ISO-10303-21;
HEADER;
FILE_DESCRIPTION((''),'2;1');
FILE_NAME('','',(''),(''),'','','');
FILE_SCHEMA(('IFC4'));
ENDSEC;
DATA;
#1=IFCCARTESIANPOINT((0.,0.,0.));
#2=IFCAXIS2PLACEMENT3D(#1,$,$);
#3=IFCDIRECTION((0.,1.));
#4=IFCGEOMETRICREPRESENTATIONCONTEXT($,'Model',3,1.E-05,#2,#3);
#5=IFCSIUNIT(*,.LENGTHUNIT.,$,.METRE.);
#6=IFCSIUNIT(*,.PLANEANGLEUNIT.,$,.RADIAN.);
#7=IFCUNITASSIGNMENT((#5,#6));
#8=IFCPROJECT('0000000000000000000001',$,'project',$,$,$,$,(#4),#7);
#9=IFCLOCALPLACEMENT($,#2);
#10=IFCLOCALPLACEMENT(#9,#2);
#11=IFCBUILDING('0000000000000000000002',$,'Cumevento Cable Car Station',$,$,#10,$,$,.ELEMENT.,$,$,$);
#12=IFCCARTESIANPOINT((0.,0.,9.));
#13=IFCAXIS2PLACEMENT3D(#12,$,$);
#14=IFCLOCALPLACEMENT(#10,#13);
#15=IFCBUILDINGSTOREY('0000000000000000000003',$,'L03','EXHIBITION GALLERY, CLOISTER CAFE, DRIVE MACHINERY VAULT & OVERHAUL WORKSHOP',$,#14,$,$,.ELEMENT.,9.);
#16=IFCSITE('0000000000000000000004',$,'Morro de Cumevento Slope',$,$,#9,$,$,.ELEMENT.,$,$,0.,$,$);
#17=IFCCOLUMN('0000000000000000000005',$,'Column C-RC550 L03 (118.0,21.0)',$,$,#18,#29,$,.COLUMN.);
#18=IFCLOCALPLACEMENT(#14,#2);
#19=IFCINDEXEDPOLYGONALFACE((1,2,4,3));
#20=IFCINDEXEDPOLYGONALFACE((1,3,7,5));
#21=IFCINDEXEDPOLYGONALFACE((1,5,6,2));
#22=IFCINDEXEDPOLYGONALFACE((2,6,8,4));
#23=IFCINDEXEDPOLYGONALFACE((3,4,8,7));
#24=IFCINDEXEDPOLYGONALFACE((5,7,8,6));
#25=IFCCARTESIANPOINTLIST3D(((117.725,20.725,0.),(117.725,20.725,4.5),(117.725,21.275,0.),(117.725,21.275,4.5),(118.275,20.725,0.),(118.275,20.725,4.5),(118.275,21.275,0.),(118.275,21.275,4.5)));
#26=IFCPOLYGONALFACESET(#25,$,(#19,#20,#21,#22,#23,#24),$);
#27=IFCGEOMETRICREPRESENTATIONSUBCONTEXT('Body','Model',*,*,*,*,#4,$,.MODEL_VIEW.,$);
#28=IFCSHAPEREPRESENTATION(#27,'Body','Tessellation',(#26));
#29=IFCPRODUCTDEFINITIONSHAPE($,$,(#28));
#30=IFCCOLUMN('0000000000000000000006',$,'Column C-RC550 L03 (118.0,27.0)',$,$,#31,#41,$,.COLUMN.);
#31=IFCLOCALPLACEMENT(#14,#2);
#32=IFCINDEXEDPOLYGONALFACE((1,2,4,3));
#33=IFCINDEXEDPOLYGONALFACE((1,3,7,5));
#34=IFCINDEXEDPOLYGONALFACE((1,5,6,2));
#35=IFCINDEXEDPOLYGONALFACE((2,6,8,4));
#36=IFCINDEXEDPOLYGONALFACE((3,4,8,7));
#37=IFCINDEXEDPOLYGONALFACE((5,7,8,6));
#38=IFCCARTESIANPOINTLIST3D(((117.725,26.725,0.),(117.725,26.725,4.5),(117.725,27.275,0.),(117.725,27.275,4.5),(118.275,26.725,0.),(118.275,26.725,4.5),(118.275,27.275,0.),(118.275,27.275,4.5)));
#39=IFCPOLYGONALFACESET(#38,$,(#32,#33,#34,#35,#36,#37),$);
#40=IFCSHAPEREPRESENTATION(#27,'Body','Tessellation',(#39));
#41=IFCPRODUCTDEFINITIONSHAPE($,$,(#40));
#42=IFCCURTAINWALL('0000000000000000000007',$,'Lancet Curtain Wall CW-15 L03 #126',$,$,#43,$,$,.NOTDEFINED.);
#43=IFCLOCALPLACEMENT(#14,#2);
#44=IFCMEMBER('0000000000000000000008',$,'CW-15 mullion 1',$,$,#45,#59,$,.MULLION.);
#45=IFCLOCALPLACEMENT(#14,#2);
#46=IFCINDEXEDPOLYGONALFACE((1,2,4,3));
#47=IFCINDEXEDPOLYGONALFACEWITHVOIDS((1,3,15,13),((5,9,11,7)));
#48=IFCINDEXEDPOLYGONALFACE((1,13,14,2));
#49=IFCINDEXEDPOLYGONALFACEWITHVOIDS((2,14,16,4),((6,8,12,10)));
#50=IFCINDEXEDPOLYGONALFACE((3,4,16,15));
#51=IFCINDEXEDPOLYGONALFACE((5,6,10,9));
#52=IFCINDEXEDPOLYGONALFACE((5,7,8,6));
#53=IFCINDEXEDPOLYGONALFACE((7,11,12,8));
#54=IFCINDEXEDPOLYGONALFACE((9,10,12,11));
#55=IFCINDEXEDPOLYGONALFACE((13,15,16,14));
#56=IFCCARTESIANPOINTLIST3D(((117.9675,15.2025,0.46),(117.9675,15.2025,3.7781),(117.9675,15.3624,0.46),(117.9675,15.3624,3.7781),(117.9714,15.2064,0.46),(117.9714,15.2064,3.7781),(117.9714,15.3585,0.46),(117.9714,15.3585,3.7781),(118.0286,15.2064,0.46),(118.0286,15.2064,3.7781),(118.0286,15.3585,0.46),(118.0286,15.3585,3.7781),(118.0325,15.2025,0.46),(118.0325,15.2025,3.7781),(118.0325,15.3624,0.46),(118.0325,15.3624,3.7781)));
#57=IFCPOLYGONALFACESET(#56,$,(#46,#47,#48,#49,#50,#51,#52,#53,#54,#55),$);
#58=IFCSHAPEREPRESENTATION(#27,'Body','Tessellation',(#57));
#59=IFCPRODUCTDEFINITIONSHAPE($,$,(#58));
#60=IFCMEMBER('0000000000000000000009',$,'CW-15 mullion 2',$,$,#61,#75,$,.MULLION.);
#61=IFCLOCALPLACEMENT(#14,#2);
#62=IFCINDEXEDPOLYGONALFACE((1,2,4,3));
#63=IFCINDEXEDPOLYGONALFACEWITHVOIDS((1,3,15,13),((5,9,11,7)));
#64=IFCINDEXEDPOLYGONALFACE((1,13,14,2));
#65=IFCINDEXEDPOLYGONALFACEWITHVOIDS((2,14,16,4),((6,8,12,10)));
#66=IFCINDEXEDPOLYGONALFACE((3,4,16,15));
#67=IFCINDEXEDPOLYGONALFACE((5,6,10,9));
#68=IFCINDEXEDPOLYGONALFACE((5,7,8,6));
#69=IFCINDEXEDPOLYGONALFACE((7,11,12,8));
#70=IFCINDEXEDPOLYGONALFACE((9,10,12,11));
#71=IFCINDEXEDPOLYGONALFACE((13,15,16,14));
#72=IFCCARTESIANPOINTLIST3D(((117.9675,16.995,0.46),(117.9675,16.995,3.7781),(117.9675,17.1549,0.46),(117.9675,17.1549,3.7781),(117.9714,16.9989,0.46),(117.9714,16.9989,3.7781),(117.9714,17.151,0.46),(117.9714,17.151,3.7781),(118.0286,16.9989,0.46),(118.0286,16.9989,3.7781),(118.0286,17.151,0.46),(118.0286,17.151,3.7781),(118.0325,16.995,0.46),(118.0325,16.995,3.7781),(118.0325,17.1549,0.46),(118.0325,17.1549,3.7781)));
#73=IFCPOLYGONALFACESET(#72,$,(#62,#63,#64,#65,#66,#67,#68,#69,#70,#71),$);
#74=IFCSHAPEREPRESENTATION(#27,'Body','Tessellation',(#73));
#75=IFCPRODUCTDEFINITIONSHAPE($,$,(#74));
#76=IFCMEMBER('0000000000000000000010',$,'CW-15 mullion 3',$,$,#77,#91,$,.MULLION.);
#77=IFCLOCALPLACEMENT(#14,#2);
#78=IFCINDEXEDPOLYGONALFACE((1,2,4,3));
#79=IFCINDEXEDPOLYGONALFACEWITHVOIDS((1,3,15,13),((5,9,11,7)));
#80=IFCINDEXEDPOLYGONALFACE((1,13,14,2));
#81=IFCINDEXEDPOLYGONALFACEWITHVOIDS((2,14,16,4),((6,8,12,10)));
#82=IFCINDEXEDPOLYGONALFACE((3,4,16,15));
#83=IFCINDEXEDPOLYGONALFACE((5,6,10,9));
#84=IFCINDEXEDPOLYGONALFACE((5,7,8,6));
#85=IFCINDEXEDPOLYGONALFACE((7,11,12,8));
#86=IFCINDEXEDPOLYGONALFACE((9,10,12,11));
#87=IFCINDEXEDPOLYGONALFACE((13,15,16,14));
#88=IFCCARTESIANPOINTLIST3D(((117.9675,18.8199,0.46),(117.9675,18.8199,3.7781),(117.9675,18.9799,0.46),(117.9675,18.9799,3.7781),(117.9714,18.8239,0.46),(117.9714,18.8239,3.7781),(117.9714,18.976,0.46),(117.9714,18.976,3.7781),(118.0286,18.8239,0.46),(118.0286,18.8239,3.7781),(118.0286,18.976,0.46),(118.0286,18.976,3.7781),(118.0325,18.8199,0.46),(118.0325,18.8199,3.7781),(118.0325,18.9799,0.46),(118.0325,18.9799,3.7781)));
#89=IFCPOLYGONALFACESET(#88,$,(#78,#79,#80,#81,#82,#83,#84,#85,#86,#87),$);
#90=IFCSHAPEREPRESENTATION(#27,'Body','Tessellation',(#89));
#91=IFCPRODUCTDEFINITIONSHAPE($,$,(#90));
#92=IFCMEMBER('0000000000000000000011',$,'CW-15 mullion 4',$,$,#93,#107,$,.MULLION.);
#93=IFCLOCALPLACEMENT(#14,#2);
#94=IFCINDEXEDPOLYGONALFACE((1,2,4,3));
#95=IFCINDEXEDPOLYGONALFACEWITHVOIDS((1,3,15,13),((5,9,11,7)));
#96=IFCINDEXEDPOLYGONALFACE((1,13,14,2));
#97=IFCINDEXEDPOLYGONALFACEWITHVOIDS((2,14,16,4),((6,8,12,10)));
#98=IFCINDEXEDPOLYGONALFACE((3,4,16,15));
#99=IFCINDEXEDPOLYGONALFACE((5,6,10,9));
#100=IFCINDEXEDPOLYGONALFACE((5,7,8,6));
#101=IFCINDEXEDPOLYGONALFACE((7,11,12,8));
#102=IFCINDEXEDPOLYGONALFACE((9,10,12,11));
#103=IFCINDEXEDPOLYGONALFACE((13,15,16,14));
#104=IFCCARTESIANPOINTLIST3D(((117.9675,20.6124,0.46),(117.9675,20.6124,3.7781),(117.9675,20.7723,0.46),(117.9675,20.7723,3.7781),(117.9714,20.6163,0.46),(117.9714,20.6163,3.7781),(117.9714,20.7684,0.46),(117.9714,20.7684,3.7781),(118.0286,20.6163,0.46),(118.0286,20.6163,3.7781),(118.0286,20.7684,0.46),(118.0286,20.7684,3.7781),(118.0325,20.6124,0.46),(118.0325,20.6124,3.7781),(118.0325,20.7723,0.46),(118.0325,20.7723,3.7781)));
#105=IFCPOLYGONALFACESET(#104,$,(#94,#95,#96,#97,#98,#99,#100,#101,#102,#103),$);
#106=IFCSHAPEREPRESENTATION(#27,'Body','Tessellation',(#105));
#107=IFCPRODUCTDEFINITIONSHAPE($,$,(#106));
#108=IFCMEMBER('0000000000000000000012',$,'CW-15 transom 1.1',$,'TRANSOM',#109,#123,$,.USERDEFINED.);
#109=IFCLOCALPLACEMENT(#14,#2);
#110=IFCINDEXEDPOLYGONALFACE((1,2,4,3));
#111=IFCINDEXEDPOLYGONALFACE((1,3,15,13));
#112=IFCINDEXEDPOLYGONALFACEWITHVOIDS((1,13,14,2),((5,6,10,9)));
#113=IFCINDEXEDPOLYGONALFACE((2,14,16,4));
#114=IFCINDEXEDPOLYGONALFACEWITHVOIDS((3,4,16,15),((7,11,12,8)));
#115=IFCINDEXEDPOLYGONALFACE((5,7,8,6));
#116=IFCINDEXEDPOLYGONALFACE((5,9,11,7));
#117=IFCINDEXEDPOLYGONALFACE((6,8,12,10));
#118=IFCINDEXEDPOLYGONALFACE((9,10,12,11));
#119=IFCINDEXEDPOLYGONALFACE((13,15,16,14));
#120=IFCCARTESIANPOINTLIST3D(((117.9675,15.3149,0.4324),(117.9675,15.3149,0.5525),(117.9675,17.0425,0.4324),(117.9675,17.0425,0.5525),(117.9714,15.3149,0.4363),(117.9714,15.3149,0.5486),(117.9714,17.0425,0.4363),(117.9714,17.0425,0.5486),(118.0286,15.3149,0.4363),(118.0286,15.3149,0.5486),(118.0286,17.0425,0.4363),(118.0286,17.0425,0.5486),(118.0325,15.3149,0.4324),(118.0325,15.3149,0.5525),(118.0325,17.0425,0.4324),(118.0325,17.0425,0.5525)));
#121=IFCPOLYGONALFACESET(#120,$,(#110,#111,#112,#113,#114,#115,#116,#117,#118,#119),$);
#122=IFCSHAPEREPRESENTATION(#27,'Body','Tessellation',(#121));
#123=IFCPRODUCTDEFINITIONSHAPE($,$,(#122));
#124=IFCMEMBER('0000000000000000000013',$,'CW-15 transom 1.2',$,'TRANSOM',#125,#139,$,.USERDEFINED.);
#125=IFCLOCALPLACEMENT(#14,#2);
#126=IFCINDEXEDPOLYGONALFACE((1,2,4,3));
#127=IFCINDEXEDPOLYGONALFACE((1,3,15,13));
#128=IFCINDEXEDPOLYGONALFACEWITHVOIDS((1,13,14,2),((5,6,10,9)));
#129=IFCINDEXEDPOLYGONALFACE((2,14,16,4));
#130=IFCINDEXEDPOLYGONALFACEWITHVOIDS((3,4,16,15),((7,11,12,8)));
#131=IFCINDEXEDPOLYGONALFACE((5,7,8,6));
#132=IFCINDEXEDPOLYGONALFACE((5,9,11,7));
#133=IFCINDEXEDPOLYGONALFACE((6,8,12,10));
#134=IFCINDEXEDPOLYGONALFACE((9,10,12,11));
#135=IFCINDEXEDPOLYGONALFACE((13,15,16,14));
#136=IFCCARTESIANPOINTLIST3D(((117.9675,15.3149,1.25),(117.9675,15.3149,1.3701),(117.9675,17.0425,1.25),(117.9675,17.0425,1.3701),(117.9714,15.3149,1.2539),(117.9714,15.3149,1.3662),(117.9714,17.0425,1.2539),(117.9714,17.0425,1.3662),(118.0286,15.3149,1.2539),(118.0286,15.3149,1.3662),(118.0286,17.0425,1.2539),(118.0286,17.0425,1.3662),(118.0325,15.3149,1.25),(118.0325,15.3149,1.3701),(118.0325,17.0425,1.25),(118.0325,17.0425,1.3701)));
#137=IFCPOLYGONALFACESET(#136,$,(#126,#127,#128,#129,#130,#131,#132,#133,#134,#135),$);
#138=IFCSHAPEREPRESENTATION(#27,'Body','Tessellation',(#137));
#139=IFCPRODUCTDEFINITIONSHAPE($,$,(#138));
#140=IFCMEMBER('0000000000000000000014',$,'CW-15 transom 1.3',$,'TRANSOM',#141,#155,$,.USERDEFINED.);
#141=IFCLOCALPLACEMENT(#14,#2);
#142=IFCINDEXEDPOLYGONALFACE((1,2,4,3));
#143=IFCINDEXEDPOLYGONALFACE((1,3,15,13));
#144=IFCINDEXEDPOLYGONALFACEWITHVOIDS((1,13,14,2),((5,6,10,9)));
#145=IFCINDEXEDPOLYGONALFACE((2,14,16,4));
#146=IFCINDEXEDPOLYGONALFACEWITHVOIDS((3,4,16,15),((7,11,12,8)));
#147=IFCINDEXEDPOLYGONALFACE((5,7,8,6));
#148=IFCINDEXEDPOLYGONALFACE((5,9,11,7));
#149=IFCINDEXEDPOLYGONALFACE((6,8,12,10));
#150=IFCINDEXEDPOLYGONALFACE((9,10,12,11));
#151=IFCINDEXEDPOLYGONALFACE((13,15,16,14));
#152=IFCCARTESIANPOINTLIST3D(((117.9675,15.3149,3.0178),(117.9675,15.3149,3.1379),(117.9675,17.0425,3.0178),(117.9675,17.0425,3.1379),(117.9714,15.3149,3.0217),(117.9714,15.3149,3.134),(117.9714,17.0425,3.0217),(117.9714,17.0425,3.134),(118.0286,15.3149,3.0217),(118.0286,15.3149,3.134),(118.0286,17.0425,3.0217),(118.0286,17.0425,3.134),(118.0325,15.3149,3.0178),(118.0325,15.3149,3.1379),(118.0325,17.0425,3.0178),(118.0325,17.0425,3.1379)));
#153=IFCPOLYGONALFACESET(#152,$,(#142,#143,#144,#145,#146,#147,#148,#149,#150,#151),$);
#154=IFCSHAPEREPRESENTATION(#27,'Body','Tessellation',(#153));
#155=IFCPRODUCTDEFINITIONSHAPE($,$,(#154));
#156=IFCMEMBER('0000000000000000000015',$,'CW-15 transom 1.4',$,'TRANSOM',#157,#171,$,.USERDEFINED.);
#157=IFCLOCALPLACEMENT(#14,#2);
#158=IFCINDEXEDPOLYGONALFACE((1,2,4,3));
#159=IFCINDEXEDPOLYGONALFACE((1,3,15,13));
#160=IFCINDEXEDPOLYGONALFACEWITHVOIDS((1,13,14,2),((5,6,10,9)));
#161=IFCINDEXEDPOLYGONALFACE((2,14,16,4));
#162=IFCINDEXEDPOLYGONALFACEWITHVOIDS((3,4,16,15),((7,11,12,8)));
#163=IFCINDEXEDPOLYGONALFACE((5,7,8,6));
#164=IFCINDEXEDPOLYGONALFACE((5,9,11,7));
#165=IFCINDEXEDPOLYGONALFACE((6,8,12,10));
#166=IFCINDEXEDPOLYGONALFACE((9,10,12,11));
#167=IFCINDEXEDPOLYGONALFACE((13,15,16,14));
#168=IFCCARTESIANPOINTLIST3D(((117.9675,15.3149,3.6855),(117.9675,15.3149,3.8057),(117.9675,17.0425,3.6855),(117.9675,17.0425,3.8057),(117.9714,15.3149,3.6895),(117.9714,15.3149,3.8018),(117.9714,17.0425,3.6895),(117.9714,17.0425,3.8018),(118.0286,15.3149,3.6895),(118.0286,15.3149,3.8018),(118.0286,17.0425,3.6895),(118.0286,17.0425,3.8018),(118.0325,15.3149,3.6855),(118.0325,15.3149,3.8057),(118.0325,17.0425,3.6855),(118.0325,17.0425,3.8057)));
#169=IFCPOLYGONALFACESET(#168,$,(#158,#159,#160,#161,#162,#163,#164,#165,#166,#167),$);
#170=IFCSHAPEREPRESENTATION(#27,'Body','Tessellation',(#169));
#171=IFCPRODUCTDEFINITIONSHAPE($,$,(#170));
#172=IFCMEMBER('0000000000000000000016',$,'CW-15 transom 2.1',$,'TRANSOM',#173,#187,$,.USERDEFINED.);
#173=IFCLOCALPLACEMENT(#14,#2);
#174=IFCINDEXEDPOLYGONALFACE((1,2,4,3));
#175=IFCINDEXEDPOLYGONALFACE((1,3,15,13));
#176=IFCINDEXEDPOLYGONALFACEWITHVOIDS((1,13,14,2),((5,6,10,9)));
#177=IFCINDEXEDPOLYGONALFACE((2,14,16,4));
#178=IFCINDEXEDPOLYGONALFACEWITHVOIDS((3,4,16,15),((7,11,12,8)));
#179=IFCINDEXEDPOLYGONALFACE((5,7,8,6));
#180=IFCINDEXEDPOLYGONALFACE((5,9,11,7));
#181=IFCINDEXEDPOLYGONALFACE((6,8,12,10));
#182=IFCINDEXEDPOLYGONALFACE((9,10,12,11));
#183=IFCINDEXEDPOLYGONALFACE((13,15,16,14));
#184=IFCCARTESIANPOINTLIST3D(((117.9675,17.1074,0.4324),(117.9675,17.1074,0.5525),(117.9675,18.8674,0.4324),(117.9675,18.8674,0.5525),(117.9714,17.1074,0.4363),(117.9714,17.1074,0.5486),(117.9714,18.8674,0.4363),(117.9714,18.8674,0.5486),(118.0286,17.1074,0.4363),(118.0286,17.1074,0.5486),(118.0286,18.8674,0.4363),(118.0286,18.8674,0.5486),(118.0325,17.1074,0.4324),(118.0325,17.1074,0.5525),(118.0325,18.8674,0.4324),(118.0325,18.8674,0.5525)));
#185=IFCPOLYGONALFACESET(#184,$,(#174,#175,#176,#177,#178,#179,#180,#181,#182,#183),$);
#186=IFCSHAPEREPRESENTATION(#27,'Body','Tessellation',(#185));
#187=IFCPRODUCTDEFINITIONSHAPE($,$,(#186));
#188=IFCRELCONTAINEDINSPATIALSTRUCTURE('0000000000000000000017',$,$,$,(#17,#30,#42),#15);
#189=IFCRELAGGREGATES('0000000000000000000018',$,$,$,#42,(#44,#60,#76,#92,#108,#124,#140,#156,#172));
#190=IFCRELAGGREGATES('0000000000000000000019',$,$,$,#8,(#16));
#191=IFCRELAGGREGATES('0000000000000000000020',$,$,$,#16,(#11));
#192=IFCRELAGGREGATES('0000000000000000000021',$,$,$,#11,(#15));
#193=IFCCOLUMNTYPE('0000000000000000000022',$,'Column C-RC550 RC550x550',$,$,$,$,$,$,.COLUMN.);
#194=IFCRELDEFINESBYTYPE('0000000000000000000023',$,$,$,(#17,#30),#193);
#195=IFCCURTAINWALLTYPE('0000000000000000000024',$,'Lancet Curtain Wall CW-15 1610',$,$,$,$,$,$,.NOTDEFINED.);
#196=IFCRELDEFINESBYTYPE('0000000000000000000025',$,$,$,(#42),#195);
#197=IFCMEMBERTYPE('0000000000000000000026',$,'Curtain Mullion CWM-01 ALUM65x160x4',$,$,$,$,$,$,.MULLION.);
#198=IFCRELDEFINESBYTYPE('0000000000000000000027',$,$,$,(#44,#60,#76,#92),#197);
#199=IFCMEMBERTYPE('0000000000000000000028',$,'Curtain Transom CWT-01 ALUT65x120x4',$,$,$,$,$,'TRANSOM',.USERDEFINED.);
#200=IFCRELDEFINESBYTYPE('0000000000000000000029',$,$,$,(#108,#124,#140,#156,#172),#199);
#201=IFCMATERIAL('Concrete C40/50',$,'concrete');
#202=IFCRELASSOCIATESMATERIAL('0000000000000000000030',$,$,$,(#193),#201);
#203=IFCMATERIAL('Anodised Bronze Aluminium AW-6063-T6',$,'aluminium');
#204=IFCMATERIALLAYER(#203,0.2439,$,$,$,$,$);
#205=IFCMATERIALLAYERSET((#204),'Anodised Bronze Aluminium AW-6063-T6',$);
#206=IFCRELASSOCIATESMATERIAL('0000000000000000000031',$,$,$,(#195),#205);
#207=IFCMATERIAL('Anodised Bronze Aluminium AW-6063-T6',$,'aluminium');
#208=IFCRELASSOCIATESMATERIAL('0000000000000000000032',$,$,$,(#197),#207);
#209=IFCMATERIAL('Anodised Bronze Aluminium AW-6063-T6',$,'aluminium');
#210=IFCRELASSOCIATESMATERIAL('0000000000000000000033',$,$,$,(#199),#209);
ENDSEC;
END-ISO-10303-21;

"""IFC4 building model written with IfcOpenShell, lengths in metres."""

from ifc_helpers import new_model, si_unit, direction, frame, origin, origin_2d, place, context, subcontext, project, spatial, rectangle, hollow_rectangle, extrude, material, layer, layer_set, material_profile, profile_set, type_object, element, aggregate, save


model = new_model("IFC4")

# Units and contexts
model_context = context("Model", 3, precision=1e-05, world=origin(), true_north=direction((0.0, 1.0)))
body_context = subcontext(model_context, "Body", "Model", "MODEL_VIEW")
ifc_project = project(units=[si_unit("LENGTHUNIT", "METRE"), si_unit("PLANEANGLEUNIT", "RADIAN")], contexts=[model_context])

# Site, building, storey
site_placement = place(None, origin())
site = spatial("IfcSite", under=ifc_project, at=site_placement, Name="Morro de Cumevento Slope", CompositionType="ELEMENT", RefElevation=0.0)
building_placement = place(site_placement, origin())
building = spatial("IfcBuilding", under=site, at=building_placement, Name="Cumevento Cable Car Station", CompositionType="ELEMENT")
storey_placement = place(building_placement, frame((0.0, 0.0, 9.0)))
storey = spatial("IfcBuildingStorey", under=building, at=storey_placement, Name="L03", Description="EXHIBITION GALLERY, CLOISTER CAFE, DRIVE MACHINERY VAULT & OVERHAUL WORKSHOP", CompositionType="ELEMENT", Elevation=9.0)

# Columns
ifc_material_1 = material(Name="Concrete C40/50", Category="concrete")
ifc_material_profile_1 = material_profile(ifc_material_1, rectangle(XDim=0.55, YDim=0.55, at=origin_2d()), Name="RC550x550")
ifc_profile_set_1 = profile_set([ifc_material_profile_1], Name="Concrete C40/50")
column_type = type_object("IfcColumnType", Name="Column C-RC550 RC550x550", PredefinedType="COLUMN", material=ifc_profile_set_1)
for number, where, z_axis, x_axis, name in (
    (1, (118.0, 21.0, 0.0), (0.0, 0.0, 1.0), (1.0, 0.0, 0.0), "Column C-RC550 L03 (118.0,21.0)"),
    (2, (118.0, 27.0, 0.0), (0.0, 0.0, 1.0), (1.0, 0.0, 0.0), "Column C-RC550 L03 (118.0,27.0)"),
):
    element("IfcColumn", number, at=place(storey_placement, frame(where, z_axis=z_axis, x_axis=x_axis)), inside=storey, type_object=column_type, Name=name, PredefinedType="COLUMN", context=body_context, shape_type="SweptSolid", body=[
        extrude(rectangle(XDim=0.55, YDim=0.55, at=origin_2d()), origin(), (0.0, 0.0, 1.0), 4.5),
    ])

# Curtain wall, members
ifc_material_2 = material(Name="Anodised Bronze Aluminium AW-6063-T6", Category="aluminium")
ifc_layer_1 = layer(ifc_material_2, 0.2439)
ifc_layer_set_1 = layer_set([ifc_layer_1], Name="Anodised Bronze Aluminium AW-6063-T6")
curtain_wall_type = type_object("IfcCurtainWallType", Name="Lancet Curtain Wall CW-15 1610", PredefinedType="NOTDEFINED", material=ifc_layer_set_1)
curtain_wall_placement = place(storey_placement, origin())
curtain_wall = element("IfcCurtainWall", 3, at=curtain_wall_placement, inside=storey, type_object=curtain_wall_type, Name="Lancet Curtain Wall CW-15 L03 #126", PredefinedType="NOTDEFINED")
ifc_material_3 = material(Name="Anodised Bronze Aluminium AW-6063-T6", Category="aluminium")
ifc_material_profile_2 = material_profile(ifc_material_3, hollow_rectangle(XDim=0.0649, YDim=0.1599, WallThickness=0.0039, at=origin_2d()), Name="ALUM65x160x4")
ifc_profile_set_2 = profile_set([ifc_material_profile_2], Name="Anodised Bronze Aluminium AW-6063-T6")
member_type_1 = type_object("IfcMemberType", Name="Curtain Mullion CWM-01 ALUM65x160x4", PredefinedType="MULLION", material=ifc_profile_set_2)
member_1_placement = place(storey_placement, frame((118.0, 15.2825, 0.46), z_axis=(0.0, 0.0, 1.0), x_axis=(-1.0, 0.0, 0.0)))
member_1 = element("IfcMember", 4, at=member_1_placement, type_object=member_type_1, Name="CW-15 mullion 1", PredefinedType="MULLION", context=body_context, shape_type="SweptSolid", body=[
    extrude(hollow_rectangle(XDim=0.0649, YDim=0.1599, WallThickness=0.0039, at=origin_2d()), origin(), (0.0, 0.0, 1.0), 3.3181),
])
member_2_placement = place(storey_placement, frame((118.0, 17.075, 0.46), z_axis=(0.0, 0.0, 1.0), x_axis=(-1.0, 0.0, 0.0)))
member_2 = element("IfcMember", 5, at=member_2_placement, type_object=member_type_1, Name="CW-15 mullion 2", PredefinedType="MULLION", context=body_context, shape_type="SweptSolid", body=[
    extrude(hollow_rectangle(XDim=0.0649, YDim=0.1599, WallThickness=0.0039, at=origin_2d()), origin(), (0.0, 0.0, 1.0), 3.3181),
])
member_3_placement = place(storey_placement, frame((118.0, 18.8999, 0.46), z_axis=(0.0, 0.0, 1.0), x_axis=(-1.0, 0.0, 0.0)))
member_3 = element("IfcMember", 6, at=member_3_placement, type_object=member_type_1, Name="CW-15 mullion 3", PredefinedType="MULLION", context=body_context, shape_type="SweptSolid", body=[
    extrude(hollow_rectangle(XDim=0.0649, YDim=0.1599, WallThickness=0.0039, at=origin_2d()), origin(), (0.0, 0.0, 1.0), 3.3181),
])
member_4_placement = place(storey_placement, frame((118.0, 20.6924, 0.46), z_axis=(0.0, 0.0, 1.0), x_axis=(-1.0, 0.0, 0.0)))
member_4 = element("IfcMember", 7, at=member_4_placement, type_object=member_type_1, Name="CW-15 mullion 4", PredefinedType="MULLION", context=body_context, shape_type="SweptSolid", body=[
    extrude(hollow_rectangle(XDim=0.0649, YDim=0.1599, WallThickness=0.0039, at=origin_2d()), origin(), (0.0, 0.0, 1.0), 3.3181),
])
ifc_material_4 = material(Name="Anodised Bronze Aluminium AW-6063-T6", Category="aluminium")
ifc_material_profile_3 = material_profile(ifc_material_4, hollow_rectangle(XDim=0.0649, YDim=0.1201, WallThickness=0.0039, at=origin_2d()), Name="ALUT65x120x4")
ifc_profile_set_3 = profile_set([ifc_material_profile_3], Name="Anodised Bronze Aluminium AW-6063-T6")
member_type_2 = type_object("IfcMemberType", Name="Curtain Transom CWT-01 ALUT65x120x4", ElementType="TRANSOM", PredefinedType="USERDEFINED", material=ifc_profile_set_3)
member_5_placement = place(storey_placement, frame((118.0, 15.3149, 0.4924), z_axis=(0.0, 1.0, 0.0), x_axis=(-1.0, 0.0, 0.0)))
member_5 = element("IfcMember", 8, at=member_5_placement, type_object=member_type_2, Name="CW-15 transom 1.1", ObjectType="TRANSOM", PredefinedType="USERDEFINED", context=body_context, shape_type="SweptSolid", body=[
    extrude(hollow_rectangle(XDim=0.0649, YDim=0.1201, WallThickness=0.0039, at=origin_2d()), origin(), (0.0, 0.0, 1.0), 1.7275),
])
member_6_placement = place(storey_placement, frame((118.0, 15.3149, 1.3101), z_axis=(0.0, 1.0, 0.0), x_axis=(-1.0, 0.0, 0.0)))
member_6 = element("IfcMember", 9, at=member_6_placement, type_object=member_type_2, Name="CW-15 transom 1.2", ObjectType="TRANSOM", PredefinedType="USERDEFINED", context=body_context, shape_type="SweptSolid", body=[
    extrude(hollow_rectangle(XDim=0.0649, YDim=0.1201, WallThickness=0.0039, at=origin_2d()), origin(), (0.0, 0.0, 1.0), 1.7275),
])
member_7_placement = place(storey_placement, frame((118.0, 15.3149, 3.0779), z_axis=(0.0, 1.0, 0.0), x_axis=(-1.0, 0.0, 0.0)))
member_7 = element("IfcMember", 10, at=member_7_placement, type_object=member_type_2, Name="CW-15 transom 1.3", ObjectType="TRANSOM", PredefinedType="USERDEFINED", context=body_context, shape_type="SweptSolid", body=[
    extrude(hollow_rectangle(XDim=0.0649, YDim=0.1201, WallThickness=0.0039, at=origin_2d()), origin(), (0.0, 0.0, 1.0), 1.7275),
])
member_8_placement = place(storey_placement, frame((118.0, 15.3149, 3.7456), z_axis=(0.0, 1.0, 0.0), x_axis=(-1.0, 0.0, 0.0)))
member_8 = element("IfcMember", 11, at=member_8_placement, type_object=member_type_2, Name="CW-15 transom 1.4", ObjectType="TRANSOM", PredefinedType="USERDEFINED", context=body_context, shape_type="SweptSolid", body=[
    extrude(hollow_rectangle(XDim=0.0649, YDim=0.1201, WallThickness=0.0039, at=origin_2d()), origin(), (0.0, 0.0, 1.0), 1.7275),
])
member_9_placement = place(storey_placement, frame((118.0, 17.1074, 0.4924), z_axis=(0.0, 1.0, 0.0), x_axis=(-1.0, 0.0, 0.0)))
member_9 = element("IfcMember", 12, at=member_9_placement, type_object=member_type_2, Name="CW-15 transom 2.1", ObjectType="TRANSOM", PredefinedType="USERDEFINED", context=body_context, shape_type="SweptSolid", body=[
    extrude(hollow_rectangle(XDim=0.0649, YDim=0.1201, WallThickness=0.0039, at=origin_2d()), origin(), (0.0, 0.0, 1.0), 1.76),
])

aggregate(curtain_wall, [member_1, member_2, member_3, member_4, member_5, member_6, member_7, member_8, member_9])

save(model, "model.ifc")
